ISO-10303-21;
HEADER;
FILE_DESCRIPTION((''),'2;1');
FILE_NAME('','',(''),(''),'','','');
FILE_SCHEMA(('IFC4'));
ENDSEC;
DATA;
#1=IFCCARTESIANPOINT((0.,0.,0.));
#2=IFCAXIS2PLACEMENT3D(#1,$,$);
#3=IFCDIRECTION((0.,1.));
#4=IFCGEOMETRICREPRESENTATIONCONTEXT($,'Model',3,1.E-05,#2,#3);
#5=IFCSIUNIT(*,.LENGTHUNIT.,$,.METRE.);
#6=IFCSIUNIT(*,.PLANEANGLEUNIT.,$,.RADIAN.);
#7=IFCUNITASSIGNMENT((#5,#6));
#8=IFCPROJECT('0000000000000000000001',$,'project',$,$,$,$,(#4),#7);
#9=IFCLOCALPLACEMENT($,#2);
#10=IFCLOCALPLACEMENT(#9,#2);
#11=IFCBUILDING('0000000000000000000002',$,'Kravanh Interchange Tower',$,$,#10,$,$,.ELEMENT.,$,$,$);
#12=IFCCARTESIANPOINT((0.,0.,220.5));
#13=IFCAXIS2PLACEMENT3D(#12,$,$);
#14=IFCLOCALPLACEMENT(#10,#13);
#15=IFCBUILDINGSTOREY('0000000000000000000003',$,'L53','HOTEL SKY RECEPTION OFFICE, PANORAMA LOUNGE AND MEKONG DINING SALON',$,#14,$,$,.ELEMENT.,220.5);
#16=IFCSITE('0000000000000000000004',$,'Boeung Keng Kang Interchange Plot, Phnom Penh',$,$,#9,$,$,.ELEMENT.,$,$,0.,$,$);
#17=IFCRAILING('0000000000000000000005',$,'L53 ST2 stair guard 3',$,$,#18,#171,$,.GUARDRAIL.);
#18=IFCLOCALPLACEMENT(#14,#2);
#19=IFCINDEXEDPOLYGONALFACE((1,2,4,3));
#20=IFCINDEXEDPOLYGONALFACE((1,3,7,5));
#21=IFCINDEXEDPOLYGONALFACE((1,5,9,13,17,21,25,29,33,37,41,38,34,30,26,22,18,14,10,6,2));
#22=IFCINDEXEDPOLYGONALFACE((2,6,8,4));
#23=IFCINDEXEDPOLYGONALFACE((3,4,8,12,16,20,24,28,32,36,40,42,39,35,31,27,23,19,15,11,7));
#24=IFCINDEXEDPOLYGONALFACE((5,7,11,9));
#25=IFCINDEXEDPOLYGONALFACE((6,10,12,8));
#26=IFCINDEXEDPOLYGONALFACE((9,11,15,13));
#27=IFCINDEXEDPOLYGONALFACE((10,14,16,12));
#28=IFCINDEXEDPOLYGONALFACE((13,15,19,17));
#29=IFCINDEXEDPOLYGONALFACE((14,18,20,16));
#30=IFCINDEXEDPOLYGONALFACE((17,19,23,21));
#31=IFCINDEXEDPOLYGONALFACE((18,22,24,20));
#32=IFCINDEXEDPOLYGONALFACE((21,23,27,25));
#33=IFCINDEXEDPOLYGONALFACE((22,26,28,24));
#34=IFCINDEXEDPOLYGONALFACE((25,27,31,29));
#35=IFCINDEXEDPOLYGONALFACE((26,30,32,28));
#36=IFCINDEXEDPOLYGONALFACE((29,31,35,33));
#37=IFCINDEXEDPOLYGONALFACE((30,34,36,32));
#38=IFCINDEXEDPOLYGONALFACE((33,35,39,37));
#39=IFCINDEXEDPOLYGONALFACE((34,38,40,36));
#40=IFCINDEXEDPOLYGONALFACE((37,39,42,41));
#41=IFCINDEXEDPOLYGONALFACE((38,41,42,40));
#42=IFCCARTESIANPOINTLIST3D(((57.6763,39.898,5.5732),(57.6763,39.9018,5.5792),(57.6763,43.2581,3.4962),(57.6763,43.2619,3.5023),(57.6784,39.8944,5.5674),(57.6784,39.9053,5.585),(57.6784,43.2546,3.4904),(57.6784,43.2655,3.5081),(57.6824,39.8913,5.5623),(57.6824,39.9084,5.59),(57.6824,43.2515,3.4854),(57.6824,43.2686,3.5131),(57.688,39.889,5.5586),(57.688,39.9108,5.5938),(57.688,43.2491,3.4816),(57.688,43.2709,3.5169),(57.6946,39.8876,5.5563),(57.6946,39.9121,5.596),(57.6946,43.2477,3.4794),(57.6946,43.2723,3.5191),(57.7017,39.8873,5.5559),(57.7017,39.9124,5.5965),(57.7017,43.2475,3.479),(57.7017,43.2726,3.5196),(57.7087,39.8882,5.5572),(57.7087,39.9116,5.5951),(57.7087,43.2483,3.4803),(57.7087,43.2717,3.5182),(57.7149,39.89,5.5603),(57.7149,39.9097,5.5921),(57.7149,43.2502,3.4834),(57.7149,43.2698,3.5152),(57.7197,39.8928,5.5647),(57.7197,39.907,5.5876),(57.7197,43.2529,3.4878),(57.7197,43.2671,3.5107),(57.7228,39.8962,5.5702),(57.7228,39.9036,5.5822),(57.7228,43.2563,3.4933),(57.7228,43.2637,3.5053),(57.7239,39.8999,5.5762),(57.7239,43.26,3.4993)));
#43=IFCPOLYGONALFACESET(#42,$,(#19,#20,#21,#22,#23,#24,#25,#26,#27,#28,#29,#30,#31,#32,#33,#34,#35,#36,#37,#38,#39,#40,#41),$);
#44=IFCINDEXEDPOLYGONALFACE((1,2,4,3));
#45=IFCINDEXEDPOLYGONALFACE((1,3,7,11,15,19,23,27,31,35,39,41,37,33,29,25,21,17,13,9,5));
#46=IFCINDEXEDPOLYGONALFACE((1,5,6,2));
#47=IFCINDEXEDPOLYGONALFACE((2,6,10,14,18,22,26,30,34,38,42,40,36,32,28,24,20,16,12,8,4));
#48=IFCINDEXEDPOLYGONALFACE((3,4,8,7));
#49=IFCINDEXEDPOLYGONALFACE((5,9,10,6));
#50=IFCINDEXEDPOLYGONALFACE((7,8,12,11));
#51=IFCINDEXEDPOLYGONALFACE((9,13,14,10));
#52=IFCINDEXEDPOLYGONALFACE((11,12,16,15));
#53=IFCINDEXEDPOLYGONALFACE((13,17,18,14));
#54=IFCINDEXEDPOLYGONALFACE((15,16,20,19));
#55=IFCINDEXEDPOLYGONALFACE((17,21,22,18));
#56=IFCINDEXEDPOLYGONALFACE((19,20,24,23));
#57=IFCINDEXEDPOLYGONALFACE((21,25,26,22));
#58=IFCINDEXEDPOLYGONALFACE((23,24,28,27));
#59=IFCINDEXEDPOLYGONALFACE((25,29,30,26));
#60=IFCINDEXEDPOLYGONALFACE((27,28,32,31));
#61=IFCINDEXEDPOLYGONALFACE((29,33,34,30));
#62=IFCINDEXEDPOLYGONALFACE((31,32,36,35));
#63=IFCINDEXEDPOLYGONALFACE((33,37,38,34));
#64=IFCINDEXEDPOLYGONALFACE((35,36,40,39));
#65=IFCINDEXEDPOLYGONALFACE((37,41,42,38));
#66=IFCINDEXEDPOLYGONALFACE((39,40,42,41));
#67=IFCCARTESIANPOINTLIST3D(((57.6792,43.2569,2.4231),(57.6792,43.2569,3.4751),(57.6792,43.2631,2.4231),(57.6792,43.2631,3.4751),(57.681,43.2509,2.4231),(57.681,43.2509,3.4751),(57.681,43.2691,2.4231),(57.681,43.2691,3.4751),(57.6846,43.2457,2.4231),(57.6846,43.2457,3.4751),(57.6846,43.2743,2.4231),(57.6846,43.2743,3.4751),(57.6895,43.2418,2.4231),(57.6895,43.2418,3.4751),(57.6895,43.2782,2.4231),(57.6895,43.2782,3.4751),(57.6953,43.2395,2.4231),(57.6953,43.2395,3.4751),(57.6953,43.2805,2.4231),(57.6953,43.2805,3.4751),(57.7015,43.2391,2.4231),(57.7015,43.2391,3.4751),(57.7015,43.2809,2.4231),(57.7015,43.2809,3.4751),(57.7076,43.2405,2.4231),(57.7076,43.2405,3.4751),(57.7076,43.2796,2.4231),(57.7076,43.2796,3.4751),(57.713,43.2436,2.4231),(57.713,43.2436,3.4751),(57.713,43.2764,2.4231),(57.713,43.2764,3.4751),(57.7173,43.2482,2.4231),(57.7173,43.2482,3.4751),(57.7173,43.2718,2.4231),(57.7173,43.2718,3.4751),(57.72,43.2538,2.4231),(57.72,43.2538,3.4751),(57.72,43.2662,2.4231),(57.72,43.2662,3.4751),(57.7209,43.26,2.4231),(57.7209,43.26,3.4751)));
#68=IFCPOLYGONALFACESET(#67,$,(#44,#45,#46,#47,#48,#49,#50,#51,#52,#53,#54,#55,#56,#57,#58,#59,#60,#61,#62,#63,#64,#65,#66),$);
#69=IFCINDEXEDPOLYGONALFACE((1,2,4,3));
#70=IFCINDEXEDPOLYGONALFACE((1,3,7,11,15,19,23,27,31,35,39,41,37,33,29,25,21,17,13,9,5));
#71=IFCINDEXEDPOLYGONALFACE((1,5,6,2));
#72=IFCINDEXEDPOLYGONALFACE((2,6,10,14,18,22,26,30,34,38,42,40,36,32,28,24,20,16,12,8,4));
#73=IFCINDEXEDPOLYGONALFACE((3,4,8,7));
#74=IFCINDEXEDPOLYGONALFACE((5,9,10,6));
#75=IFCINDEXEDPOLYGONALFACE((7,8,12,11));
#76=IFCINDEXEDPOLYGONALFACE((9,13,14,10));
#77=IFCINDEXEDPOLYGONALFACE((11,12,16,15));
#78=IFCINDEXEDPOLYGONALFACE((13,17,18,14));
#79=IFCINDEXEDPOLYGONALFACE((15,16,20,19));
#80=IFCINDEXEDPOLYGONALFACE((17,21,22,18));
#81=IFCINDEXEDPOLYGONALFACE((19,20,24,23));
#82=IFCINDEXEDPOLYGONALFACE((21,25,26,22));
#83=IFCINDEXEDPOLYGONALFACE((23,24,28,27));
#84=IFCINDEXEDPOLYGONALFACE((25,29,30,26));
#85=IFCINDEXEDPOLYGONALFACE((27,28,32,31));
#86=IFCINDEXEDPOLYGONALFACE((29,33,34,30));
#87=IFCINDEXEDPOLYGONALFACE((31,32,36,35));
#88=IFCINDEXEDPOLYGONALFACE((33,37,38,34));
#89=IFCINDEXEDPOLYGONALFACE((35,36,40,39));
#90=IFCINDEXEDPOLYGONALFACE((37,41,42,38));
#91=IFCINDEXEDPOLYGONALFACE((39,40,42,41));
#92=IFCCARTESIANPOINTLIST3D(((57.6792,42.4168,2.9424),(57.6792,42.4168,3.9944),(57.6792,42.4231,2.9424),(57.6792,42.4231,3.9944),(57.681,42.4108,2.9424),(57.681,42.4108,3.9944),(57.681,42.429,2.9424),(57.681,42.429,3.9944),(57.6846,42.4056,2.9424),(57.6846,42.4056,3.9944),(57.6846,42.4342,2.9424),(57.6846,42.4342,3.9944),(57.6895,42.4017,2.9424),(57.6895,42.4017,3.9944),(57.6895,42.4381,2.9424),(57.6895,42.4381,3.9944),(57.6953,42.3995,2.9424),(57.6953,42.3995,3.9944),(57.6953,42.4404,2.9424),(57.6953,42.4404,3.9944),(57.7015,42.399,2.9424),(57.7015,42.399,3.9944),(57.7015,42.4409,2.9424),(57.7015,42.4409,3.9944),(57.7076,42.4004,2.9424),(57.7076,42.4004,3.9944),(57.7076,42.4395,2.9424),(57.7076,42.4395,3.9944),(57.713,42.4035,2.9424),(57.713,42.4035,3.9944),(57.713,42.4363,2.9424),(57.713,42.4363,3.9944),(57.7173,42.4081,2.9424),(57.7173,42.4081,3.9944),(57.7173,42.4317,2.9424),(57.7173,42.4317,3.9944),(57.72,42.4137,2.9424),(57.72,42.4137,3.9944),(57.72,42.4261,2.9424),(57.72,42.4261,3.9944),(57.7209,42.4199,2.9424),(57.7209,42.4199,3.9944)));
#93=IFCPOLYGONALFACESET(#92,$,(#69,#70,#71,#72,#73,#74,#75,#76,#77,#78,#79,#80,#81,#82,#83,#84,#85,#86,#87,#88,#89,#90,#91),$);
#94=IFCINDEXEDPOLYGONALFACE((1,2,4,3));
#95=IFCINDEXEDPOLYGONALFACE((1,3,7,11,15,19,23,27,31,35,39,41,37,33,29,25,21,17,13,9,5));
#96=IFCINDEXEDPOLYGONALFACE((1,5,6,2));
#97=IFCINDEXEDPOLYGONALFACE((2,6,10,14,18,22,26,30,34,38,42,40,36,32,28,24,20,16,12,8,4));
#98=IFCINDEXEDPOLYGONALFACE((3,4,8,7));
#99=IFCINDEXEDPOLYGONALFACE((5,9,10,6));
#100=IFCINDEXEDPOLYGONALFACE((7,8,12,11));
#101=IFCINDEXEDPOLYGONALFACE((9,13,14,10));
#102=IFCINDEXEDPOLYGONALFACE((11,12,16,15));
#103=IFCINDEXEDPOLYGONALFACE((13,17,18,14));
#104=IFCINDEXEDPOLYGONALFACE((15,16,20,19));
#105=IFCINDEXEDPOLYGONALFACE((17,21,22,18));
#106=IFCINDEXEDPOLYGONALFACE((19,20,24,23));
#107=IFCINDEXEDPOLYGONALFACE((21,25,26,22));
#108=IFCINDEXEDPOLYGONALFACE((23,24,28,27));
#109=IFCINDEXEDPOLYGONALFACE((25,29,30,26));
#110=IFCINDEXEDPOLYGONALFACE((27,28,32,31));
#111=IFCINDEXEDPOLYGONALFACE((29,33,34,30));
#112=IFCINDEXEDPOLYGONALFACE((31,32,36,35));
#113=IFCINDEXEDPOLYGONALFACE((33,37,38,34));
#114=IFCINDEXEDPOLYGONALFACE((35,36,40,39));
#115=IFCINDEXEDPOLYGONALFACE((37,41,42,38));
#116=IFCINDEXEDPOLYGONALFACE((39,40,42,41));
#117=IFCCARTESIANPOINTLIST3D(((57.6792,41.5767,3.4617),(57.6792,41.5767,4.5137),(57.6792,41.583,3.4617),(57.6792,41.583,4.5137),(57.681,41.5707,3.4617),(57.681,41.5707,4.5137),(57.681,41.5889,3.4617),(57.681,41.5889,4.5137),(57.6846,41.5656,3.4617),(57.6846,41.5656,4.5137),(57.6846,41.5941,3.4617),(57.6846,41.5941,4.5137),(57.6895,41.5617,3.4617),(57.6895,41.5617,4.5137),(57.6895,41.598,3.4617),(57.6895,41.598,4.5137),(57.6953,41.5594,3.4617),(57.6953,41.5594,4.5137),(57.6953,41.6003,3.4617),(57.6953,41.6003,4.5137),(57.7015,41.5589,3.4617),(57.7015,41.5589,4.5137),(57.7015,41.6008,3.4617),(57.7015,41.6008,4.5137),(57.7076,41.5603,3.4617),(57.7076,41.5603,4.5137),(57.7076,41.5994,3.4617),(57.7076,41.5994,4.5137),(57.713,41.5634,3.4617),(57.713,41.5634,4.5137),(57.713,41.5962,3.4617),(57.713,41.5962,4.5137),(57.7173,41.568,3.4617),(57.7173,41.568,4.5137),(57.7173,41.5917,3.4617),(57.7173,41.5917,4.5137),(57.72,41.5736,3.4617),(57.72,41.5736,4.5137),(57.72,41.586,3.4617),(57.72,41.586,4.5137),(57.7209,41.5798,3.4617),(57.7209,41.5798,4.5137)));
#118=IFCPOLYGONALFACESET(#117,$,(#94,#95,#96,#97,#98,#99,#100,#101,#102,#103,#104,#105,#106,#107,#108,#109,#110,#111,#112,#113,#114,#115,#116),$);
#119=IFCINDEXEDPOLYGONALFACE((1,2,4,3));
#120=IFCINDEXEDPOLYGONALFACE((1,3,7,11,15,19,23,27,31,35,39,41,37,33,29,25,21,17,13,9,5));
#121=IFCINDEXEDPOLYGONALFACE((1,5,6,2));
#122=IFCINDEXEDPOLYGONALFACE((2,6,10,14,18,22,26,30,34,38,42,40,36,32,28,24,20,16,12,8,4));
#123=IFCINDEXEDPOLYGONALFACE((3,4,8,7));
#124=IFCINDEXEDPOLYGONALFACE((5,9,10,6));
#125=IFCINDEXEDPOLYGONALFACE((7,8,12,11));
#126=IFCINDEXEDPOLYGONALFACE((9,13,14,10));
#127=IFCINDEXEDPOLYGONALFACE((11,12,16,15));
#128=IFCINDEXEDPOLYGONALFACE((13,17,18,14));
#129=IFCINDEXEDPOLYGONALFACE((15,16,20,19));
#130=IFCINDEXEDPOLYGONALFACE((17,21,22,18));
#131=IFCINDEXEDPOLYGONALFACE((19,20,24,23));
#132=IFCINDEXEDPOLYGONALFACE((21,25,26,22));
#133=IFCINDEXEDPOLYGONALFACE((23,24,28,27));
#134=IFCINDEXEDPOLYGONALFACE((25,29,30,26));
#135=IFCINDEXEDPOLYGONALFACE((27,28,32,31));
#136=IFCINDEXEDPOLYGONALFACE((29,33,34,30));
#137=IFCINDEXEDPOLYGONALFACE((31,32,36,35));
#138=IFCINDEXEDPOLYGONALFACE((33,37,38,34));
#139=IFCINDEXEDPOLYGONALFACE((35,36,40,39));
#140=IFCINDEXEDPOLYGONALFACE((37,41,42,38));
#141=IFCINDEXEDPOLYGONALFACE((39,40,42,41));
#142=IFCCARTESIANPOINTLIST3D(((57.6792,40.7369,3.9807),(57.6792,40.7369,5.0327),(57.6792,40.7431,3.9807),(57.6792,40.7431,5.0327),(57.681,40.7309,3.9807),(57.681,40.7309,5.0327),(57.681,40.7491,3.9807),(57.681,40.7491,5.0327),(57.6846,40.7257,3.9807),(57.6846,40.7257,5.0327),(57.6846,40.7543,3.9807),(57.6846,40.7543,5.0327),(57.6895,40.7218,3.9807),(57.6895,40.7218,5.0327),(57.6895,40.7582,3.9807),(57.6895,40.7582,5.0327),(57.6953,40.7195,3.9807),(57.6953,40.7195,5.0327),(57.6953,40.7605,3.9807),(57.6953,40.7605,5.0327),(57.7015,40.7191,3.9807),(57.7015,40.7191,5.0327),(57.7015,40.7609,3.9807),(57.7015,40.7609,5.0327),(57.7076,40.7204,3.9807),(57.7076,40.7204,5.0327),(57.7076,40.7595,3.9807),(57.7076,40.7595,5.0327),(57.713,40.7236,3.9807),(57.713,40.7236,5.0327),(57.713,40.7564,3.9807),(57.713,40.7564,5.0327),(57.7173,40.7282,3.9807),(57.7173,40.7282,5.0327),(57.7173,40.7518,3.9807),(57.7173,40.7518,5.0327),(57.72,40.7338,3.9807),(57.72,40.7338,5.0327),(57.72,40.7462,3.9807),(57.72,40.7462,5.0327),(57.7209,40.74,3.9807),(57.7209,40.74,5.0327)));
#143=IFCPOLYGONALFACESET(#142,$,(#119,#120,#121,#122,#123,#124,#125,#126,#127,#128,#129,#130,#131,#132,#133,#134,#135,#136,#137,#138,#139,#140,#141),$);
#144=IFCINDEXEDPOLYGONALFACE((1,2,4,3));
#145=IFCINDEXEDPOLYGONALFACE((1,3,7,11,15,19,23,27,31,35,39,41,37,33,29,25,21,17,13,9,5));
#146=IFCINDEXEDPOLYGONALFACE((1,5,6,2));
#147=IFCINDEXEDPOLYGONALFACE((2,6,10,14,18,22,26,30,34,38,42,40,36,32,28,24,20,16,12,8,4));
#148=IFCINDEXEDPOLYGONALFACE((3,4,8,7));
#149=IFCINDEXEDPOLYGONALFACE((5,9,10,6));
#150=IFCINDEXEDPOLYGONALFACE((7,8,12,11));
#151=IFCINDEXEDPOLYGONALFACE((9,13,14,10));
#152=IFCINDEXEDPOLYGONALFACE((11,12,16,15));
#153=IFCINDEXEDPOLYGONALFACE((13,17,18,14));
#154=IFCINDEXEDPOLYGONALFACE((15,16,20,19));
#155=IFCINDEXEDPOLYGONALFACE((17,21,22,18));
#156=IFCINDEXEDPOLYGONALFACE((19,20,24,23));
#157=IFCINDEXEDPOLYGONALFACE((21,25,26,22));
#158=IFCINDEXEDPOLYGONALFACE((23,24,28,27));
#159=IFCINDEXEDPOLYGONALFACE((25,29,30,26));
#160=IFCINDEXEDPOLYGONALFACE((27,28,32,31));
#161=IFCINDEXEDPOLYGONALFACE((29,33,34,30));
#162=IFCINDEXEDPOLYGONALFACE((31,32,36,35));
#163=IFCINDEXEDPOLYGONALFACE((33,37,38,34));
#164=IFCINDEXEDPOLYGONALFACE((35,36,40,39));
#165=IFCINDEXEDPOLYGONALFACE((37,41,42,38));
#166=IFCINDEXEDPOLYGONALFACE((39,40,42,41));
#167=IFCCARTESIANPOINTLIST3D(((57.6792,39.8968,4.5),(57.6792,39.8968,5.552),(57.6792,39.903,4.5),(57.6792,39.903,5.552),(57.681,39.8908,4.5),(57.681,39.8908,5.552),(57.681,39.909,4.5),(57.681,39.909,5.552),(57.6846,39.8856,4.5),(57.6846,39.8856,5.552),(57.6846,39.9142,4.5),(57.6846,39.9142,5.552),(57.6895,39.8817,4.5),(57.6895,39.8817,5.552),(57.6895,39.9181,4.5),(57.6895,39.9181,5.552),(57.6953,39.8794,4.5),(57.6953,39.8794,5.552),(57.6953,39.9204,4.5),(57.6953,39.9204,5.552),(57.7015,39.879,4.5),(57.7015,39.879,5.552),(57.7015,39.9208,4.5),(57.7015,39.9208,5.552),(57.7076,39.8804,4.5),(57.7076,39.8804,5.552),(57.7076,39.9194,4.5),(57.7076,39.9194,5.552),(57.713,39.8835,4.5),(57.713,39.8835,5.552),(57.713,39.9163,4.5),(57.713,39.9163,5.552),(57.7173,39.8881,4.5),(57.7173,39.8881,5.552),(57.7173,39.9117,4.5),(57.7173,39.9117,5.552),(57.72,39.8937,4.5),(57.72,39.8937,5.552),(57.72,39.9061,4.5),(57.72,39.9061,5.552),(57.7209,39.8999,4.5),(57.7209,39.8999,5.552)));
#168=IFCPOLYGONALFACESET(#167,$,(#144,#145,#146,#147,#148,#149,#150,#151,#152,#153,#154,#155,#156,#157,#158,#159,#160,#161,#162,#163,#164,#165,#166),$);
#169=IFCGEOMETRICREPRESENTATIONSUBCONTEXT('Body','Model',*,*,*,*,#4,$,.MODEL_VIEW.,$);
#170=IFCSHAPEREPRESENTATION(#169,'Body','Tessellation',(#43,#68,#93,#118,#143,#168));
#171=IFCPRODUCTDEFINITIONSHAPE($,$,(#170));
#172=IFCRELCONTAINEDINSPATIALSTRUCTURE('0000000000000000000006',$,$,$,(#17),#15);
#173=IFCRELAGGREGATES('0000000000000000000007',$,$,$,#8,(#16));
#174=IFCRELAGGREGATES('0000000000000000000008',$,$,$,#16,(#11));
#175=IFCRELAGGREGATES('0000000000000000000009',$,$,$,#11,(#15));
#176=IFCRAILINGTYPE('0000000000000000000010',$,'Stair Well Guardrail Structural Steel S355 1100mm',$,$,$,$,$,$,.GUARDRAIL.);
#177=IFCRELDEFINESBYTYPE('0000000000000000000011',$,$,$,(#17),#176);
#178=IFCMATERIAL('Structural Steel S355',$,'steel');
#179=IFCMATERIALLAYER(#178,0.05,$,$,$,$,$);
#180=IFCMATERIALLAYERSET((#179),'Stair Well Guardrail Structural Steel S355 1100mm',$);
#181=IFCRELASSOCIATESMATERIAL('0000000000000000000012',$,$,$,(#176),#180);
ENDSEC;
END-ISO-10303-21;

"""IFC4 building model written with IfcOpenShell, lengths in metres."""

from ifc_helpers import new_model, si_unit, direction, frame, origin, origin_2d, place, context, subcontext, project, spatial, circle, extrude, material, layer, layer_set, type_object, element, save


model = new_model("IFC4")

# Units and contexts
model_context = context("Model", 3, precision=1e-05, world=origin(), true_north=direction((0.0, 1.0)))
body_context = subcontext(model_context, "Body", "Model", "MODEL_VIEW")
ifc_project = project(units=[si_unit("LENGTHUNIT", "METRE"), si_unit("PLANEANGLEUNIT", "RADIAN")], contexts=[model_context])

# Site, building, storey
site_placement = place(None, origin())
site = spatial("IfcSite", under=ifc_project, at=site_placement, Name="Boeung Keng Kang Interchange Plot, Phnom Penh", CompositionType="ELEMENT", RefElevation=0.0)
building_placement = place(site_placement, origin())
building = spatial("IfcBuilding", under=site, at=building_placement, Name="Kravanh Interchange Tower", CompositionType="ELEMENT")
storey_placement = place(building_placement, frame((0.0, 0.0, 220.5)))
storey = spatial("IfcBuildingStorey", under=building, at=storey_placement, Name="L53", Description="HOTEL SKY RECEPTION OFFICE, PANORAMA LOUNGE AND MEKONG DINING SALON", CompositionType="ELEMENT", Elevation=220.5)

# Railing
ifc_material_1 = material(Name="Structural Steel S355", Category="steel")
ifc_layer_1 = layer(ifc_material_1, 0.05)
ifc_layer_set_1 = layer_set([ifc_layer_1], Name="Stair Well Guardrail Structural Steel S355 1100mm")
railing_type_1 = type_object("IfcRailingType", Name="Stair Well Guardrail Structural Steel S355 1100mm", PredefinedType="GUARDRAIL", material=ifc_layer_set_1)
railing_1_placement = place(storey_placement, frame((57.7, 43.26, 2.4231)))
element("IfcRailing", 1, at=railing_1_placement, inside=storey, type_object=railing_type_1, Name="L53 ST2 stair guard 3", PredefinedType="GUARDRAIL", context=body_context, shape_type="SweptSolid", body=[
    extrude(circle(Radius=0.0239, at=origin_2d()), frame((0.0, 0.0, 1.0762), z_axis=(0.0, -0.850623, 0.525776), x_axis=(1.0, 0.0, 0.0)), (0.0, 0.0, 1.0), 3.9502),
    extrude(circle(Radius=0.021, at=origin_2d()), origin(), (0.0, 0.0, 1.0), 1.052),
    extrude(circle(Radius=0.021, at=origin_2d()), frame((0.0, -0.8401, 0.5193)), (0.0, 0.0, 1.0), 1.052),
    extrude(circle(Radius=0.021, at=origin_2d()), frame((0.0, -1.6802, 1.0386)), (0.0, 0.0, 1.0), 1.052),
    extrude(circle(Radius=0.021, at=origin_2d()), frame((0.0, -2.52, 1.5576)), (0.0, 0.0, 1.0), 1.052),
    extrude(circle(Radius=0.021, at=origin_2d()), frame((0.0, -3.3601, 2.0769)), (0.0, 0.0, 1.0), 1.052),
])

save(model, "model.ifc")
